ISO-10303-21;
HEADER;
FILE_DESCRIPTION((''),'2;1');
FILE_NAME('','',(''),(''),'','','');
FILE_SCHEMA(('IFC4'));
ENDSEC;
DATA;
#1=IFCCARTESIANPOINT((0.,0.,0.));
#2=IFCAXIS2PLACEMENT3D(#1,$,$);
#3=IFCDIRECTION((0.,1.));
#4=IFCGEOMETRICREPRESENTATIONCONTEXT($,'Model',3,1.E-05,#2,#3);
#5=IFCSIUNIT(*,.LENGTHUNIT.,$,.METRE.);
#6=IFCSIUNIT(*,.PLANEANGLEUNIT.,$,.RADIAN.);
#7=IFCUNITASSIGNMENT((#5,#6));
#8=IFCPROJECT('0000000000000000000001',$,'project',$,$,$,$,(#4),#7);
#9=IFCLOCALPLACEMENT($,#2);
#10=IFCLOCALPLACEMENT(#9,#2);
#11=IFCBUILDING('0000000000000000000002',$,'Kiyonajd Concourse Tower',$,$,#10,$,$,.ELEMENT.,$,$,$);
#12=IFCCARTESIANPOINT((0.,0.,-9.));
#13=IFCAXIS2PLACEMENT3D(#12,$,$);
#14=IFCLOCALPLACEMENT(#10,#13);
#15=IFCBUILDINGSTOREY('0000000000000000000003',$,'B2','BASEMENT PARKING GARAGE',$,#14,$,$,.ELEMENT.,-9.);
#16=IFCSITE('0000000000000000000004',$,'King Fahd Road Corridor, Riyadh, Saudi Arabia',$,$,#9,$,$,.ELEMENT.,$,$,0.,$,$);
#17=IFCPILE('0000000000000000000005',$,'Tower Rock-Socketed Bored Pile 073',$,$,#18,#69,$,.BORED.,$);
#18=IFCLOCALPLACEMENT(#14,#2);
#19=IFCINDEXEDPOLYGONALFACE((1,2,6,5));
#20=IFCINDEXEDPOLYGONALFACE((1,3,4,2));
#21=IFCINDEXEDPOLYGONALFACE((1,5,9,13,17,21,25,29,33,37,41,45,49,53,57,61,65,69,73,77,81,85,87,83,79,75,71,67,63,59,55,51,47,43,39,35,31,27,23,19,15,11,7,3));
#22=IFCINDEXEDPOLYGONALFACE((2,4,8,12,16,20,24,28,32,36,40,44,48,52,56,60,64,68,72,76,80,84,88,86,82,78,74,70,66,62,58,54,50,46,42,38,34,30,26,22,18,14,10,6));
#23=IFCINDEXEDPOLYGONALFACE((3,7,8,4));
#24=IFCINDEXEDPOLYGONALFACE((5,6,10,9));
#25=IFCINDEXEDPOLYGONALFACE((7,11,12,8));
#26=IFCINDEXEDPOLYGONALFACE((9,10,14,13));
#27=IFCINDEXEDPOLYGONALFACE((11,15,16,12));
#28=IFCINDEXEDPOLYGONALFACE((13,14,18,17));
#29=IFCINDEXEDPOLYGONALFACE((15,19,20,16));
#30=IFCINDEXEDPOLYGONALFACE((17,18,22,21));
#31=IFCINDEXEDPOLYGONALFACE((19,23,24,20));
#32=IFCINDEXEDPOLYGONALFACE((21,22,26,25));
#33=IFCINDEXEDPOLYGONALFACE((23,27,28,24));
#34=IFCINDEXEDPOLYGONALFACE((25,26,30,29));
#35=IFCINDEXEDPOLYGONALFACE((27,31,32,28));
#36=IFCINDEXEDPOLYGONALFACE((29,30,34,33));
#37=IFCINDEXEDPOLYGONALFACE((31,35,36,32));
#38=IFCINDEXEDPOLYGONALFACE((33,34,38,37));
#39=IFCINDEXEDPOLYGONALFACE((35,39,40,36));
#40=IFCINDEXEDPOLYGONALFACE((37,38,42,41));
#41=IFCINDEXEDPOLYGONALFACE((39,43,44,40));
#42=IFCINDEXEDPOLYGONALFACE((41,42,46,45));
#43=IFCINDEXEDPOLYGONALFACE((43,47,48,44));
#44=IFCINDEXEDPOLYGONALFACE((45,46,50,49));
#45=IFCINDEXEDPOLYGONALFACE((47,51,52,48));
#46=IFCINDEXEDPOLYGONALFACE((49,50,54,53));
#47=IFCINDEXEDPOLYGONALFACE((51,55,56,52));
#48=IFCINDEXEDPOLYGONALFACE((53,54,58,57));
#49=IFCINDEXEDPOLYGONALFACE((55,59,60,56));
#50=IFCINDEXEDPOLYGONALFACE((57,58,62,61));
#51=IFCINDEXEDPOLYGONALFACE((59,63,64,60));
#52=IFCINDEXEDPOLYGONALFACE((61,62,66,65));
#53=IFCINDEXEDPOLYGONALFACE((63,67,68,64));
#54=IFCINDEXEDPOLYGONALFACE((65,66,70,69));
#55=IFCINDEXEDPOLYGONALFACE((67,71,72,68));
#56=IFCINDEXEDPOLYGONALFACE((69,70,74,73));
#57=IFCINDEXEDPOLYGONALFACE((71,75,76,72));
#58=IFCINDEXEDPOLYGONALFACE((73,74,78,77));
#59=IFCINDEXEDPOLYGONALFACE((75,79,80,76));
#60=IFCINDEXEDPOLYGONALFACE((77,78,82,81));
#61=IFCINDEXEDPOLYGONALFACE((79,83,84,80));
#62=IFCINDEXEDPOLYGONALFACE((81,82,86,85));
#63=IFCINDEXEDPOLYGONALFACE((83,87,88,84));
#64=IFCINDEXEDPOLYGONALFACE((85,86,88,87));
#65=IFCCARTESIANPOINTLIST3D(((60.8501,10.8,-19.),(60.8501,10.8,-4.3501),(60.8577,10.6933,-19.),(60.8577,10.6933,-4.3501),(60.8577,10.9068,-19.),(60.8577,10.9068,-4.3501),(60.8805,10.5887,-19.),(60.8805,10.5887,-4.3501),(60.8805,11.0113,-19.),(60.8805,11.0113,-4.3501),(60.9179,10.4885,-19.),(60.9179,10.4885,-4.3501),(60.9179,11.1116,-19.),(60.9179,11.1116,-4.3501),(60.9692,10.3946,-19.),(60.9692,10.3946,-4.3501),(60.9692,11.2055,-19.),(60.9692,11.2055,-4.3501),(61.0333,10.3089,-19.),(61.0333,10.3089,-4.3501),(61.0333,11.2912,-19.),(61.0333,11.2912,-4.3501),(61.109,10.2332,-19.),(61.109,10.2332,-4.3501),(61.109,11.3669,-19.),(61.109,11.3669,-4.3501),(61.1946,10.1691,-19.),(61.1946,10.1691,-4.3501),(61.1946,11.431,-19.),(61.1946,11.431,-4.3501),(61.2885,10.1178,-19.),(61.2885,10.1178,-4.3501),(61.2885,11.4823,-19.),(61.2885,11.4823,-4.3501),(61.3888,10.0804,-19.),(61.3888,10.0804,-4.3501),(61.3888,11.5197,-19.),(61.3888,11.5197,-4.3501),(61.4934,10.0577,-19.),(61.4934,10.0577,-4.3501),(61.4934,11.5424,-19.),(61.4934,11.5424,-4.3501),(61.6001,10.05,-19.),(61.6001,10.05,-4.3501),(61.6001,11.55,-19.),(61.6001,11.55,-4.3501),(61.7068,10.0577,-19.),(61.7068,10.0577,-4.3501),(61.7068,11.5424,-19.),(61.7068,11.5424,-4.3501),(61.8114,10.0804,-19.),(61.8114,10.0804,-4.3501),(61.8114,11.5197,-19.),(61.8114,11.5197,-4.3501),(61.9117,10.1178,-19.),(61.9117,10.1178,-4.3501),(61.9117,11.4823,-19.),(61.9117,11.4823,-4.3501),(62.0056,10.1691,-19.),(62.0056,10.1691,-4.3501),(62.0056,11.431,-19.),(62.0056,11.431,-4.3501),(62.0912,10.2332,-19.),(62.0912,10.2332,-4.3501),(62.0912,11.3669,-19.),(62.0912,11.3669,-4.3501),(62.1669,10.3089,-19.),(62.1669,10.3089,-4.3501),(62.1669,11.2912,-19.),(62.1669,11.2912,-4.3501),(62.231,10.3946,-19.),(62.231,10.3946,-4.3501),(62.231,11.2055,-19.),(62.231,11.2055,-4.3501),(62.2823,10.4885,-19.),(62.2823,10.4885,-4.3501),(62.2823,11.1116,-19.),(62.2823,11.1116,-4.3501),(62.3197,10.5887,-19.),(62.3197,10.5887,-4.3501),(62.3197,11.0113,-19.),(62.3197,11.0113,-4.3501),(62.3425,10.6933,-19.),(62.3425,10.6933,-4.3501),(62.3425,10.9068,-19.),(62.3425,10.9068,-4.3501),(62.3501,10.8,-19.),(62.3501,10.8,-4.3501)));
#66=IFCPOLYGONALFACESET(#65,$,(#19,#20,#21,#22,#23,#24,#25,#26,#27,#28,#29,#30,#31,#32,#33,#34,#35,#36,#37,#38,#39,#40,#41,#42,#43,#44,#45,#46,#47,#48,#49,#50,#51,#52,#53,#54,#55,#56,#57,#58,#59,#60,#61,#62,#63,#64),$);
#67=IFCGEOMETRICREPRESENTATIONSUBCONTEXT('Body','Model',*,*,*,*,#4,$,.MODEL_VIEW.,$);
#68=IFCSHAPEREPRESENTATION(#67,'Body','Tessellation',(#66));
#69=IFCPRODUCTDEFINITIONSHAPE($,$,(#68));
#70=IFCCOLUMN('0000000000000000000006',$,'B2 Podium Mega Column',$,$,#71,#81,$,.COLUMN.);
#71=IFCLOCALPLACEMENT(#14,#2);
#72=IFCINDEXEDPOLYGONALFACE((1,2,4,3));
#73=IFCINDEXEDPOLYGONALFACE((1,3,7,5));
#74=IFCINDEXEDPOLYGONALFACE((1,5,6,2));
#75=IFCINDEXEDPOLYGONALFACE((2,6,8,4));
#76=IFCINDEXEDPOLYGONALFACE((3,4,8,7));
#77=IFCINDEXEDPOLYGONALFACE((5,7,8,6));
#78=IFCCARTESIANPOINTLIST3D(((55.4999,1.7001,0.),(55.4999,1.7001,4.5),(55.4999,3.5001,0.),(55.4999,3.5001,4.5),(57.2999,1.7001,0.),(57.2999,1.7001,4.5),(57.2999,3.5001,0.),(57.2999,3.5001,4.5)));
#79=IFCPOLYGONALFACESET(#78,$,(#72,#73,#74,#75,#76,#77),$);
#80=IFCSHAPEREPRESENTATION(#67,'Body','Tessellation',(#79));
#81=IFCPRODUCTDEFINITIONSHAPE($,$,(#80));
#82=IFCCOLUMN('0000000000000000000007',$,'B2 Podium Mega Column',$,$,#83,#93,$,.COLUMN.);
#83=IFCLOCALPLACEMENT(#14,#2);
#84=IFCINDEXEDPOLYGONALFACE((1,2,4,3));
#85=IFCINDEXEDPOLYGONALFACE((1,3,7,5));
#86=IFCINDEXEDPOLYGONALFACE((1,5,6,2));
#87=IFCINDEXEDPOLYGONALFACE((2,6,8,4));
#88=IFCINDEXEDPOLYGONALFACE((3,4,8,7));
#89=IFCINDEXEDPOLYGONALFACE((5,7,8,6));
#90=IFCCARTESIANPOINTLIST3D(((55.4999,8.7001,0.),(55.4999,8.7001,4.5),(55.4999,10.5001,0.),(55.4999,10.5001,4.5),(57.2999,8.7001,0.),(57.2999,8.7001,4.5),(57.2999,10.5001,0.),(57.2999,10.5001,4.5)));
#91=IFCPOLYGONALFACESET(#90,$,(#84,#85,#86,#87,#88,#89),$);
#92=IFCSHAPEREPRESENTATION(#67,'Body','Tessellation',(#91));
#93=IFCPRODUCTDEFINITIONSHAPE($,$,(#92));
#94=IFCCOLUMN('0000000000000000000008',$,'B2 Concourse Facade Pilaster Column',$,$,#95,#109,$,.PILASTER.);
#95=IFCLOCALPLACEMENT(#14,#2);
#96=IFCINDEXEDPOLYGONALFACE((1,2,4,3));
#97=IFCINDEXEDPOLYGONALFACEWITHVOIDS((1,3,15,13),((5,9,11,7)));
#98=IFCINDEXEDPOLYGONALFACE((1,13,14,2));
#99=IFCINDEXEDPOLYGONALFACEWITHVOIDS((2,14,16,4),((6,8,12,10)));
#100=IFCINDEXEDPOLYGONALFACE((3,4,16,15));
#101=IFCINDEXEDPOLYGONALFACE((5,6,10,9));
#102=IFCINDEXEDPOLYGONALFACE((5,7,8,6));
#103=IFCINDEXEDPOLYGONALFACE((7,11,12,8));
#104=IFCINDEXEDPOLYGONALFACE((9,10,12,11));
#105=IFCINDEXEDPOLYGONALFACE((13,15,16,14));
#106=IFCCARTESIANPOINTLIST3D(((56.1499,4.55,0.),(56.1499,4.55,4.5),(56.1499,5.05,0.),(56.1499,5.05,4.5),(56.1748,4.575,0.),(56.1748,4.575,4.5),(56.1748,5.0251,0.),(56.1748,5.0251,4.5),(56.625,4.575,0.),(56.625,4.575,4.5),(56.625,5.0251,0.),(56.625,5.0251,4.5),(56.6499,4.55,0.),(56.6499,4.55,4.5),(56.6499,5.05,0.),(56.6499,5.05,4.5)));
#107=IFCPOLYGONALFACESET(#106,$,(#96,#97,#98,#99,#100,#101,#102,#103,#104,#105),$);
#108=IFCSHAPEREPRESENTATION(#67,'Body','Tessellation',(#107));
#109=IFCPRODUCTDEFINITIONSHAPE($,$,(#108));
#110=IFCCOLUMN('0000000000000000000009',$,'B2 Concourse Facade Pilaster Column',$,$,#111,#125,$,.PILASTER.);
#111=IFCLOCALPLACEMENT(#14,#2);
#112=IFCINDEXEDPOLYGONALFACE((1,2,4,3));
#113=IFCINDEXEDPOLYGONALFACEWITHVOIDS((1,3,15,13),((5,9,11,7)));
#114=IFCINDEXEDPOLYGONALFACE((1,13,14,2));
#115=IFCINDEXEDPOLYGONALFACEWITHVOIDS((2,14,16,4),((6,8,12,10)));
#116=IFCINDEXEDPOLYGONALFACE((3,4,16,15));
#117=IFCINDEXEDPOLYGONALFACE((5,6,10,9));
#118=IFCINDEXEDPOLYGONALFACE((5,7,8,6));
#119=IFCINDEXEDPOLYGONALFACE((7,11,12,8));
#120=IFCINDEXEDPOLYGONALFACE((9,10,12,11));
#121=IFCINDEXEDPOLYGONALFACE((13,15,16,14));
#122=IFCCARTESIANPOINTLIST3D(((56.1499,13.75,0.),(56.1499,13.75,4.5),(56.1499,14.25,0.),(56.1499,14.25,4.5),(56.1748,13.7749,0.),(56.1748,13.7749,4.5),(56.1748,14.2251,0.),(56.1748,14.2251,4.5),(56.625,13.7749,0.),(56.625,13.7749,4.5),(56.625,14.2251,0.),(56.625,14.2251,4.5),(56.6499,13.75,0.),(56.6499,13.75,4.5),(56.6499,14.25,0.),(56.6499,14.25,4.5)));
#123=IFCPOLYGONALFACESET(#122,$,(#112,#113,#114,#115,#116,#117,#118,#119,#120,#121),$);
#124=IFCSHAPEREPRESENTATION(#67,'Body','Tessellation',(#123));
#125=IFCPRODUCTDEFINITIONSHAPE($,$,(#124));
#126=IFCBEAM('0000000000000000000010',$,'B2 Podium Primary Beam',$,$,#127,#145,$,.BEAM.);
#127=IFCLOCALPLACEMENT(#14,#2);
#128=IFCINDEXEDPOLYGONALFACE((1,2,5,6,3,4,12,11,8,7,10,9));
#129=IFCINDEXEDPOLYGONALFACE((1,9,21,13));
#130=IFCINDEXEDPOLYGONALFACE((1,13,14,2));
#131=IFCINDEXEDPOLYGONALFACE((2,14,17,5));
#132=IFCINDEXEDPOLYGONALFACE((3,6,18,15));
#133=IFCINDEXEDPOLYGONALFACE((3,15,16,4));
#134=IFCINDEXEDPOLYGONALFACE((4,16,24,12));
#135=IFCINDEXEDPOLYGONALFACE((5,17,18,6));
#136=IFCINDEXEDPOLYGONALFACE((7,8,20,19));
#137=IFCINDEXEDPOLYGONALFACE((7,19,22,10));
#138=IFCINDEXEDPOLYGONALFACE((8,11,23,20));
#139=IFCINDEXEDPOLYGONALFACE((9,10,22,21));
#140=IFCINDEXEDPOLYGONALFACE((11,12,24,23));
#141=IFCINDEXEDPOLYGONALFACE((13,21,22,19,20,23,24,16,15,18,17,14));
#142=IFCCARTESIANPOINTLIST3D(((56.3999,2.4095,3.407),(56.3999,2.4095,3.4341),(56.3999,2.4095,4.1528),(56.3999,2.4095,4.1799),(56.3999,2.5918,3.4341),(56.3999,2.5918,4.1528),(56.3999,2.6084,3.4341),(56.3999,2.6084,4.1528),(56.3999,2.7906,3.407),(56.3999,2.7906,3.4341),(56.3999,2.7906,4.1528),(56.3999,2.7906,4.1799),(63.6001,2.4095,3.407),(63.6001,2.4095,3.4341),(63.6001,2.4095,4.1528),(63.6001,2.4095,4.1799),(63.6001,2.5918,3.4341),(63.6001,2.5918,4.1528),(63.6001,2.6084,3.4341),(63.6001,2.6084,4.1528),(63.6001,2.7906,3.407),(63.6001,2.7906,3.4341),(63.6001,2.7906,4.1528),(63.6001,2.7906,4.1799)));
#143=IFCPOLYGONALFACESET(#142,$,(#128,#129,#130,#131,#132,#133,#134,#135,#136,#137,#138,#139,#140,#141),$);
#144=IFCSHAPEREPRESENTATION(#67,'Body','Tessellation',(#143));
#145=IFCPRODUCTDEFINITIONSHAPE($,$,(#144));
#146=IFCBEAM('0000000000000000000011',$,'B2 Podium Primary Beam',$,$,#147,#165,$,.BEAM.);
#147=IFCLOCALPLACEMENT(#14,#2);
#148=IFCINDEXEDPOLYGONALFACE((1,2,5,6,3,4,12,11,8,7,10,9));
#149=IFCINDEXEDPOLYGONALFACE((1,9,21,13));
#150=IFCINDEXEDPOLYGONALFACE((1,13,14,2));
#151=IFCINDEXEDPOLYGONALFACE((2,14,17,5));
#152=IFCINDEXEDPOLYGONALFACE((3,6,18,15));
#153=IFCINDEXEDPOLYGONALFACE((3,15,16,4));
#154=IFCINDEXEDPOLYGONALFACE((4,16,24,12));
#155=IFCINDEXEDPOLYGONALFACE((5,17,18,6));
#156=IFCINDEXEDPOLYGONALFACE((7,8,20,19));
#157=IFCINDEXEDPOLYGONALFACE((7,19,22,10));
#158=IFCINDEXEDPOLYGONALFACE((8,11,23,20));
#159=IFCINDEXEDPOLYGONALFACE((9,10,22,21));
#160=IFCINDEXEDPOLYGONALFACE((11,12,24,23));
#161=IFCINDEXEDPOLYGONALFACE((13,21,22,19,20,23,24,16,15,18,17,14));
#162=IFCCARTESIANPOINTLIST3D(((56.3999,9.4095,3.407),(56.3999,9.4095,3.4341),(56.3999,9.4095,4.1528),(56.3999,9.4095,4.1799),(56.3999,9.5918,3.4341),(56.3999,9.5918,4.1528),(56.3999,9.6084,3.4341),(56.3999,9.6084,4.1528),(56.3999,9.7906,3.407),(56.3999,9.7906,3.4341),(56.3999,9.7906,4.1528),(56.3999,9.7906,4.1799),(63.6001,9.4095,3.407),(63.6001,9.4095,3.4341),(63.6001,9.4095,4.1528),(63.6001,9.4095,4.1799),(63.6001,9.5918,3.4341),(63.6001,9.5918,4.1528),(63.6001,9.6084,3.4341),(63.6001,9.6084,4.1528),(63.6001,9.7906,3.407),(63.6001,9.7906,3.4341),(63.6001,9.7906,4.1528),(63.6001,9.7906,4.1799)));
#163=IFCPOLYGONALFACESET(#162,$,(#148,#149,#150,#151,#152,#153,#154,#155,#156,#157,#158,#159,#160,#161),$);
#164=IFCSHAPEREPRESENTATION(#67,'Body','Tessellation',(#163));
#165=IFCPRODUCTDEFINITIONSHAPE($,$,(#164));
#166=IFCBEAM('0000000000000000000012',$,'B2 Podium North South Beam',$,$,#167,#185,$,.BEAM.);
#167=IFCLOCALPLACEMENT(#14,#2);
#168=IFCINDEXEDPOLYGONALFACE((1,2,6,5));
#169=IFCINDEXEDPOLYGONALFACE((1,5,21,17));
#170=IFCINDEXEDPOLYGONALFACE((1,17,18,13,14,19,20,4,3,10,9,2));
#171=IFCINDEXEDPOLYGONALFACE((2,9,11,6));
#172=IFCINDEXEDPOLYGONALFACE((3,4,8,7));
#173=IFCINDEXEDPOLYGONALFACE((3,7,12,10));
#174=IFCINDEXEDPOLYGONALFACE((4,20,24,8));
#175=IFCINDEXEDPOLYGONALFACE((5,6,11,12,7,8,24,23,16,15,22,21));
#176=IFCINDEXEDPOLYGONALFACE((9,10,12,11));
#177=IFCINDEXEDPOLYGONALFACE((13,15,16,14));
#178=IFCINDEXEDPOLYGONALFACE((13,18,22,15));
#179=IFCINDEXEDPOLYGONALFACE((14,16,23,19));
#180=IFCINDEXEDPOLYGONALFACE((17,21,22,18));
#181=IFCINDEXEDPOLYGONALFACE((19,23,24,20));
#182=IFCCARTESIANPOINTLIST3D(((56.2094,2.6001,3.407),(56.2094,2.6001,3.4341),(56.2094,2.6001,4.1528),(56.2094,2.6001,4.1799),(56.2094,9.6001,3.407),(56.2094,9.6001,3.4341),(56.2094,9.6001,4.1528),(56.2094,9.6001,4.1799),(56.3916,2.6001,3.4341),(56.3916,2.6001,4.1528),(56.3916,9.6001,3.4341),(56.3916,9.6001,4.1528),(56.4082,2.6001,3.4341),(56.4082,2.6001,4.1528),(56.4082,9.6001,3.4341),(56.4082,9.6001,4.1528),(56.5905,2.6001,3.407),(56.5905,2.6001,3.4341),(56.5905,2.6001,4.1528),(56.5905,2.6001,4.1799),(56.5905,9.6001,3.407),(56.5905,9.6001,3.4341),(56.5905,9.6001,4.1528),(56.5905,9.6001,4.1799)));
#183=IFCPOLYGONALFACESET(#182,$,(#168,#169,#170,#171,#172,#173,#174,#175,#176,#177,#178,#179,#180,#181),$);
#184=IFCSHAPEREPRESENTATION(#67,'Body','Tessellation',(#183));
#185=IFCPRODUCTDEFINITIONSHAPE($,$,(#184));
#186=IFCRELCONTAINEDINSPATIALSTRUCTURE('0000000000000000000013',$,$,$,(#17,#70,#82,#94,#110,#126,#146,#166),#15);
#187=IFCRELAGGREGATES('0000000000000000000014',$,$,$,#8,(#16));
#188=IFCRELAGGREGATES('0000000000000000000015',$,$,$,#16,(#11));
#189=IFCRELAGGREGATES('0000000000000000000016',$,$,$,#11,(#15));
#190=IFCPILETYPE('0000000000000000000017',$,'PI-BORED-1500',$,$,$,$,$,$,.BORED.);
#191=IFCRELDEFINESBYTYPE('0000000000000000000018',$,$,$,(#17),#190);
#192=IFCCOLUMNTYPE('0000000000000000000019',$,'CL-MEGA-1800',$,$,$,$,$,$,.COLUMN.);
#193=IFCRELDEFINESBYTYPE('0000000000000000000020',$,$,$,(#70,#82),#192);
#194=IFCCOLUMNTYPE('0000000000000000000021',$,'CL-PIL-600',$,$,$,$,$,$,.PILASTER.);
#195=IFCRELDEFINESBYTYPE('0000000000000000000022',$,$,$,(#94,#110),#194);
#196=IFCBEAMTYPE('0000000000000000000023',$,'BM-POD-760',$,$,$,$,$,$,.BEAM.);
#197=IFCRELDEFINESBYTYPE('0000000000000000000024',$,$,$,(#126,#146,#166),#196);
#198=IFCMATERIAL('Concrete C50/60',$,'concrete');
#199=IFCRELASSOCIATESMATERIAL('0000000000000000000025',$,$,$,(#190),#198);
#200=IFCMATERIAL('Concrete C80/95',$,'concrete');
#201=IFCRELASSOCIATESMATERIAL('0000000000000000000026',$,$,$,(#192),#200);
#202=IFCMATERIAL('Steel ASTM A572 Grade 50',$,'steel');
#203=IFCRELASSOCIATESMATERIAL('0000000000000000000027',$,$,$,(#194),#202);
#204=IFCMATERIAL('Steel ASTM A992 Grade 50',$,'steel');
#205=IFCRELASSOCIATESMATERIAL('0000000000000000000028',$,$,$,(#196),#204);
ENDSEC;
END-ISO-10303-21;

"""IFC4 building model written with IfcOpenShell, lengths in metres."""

from ifc_helpers import new_model, si_unit, direction, frame, origin, origin_2d, place, context, subcontext, project, spatial, rectangle, hollow_rectangle, circle, i_section, extrude, material, material_profile, profile_set, type_object, element, save


model = new_model("IFC4")

# Units and contexts
model_context = context("Model", 3, precision=1e-05, world=origin(), true_north=direction((0.0, 1.0)))
body_context = subcontext(model_context, "Body", "Model", "MODEL_VIEW")
ifc_project = project(units=[si_unit("LENGTHUNIT", "METRE"), si_unit("PLANEANGLEUNIT", "RADIAN")], contexts=[model_context])

# Site, building, storey
site_placement = place(None, origin())
site = spatial("IfcSite", under=ifc_project, at=site_placement, Name="King Fahd Road Corridor, Riyadh, Saudi Arabia", CompositionType="ELEMENT", RefElevation=0.0)
building_placement = place(site_placement, origin())
building = spatial("IfcBuilding", under=site, at=building_placement, Name="Kiyonajd Concourse Tower", CompositionType="ELEMENT")
storey_placement = place(building_placement, frame((0.0, 0.0, -9.0)))
storey = spatial("IfcBuildingStorey", under=building, at=storey_placement, Name="B2", Description="BASEMENT PARKING GARAGE", CompositionType="ELEMENT", Elevation=-9.0)

# Shared definitions
ifc_material_1 = material(Name="Concrete C50/60", Category="concrete")

# Pile
ifc_material_profile_1 = material_profile(ifc_material_1, circle(Radius=0.75, at=origin_2d()), Name="PILE-D1500")
ifc_profile_set_1 = profile_set([ifc_material_profile_1], Name="Concrete C50/60")
pile_type_1 = type_object("IfcPileType", Name="PI-BORED-1500", PredefinedType="BORED", material=ifc_profile_set_1)
for number, where, z_axis, x_axis, name in (
    (1, (61.6001, 10.8, -4.3501), (0.0, 0.0, -1.0), (1.0, 0.0, 0.0), "Tower Rock-Socketed Bored Pile 073"),
):
    element("IfcPile", number, at=place(storey_placement, frame(where, z_axis=z_axis, x_axis=x_axis)), inside=storey, type_object=pile_type_1, Name=name, PredefinedType="BORED", context=body_context, shape_type="SweptSolid", body=[
        extrude(circle(Radius=0.75, at=origin_2d()), origin(), (0.0, 0.0, 1.0), 14.6499),
    ])

# Columns
ifc_material_2 = material(Name="Concrete C80/95", Category="concrete")
ifc_material_profile_2 = material_profile(ifc_material_2, rectangle(XDim=1.8, YDim=1.8, at=origin_2d()), Name="RC-1800x1800")
ifc_profile_set_2 = profile_set([ifc_material_profile_2], Name="Concrete C80/95")
column_type_1 = type_object("IfcColumnType", Name="CL-MEGA-1800", PredefinedType="COLUMN", material=ifc_profile_set_2)
for number, where, z_axis, x_axis, name in (
    (2, (56.3999, 2.6001, 0.0), (0.0, 0.0, 1.0), (1.0, 0.0, 0.0), "B2 Podium Mega Column"),
    (3, (56.3999, 9.6001, 0.0), (0.0, 0.0, 1.0), (1.0, 0.0, 0.0), "B2 Podium Mega Column"),
):
    element("IfcColumn", number, at=place(storey_placement, frame(where, z_axis=z_axis, x_axis=x_axis)), inside=storey, type_object=column_type_1, Name=name, PredefinedType="COLUMN", context=body_context, shape_type="SweptSolid", body=[
        extrude(rectangle(XDim=1.8, YDim=1.8, at=origin_2d()), origin(), (0.0, 0.0, 1.0), 4.5),
    ])
ifc_material_3 = material(Name="Steel ASTM A572 Grade 50", Category="steel")
ifc_material_profile_3 = material_profile(ifc_material_3, hollow_rectangle(XDim=0.5, YDim=0.5, WallThickness=0.0249, at=origin_2d()), Name="HSS-500x500x25")
ifc_profile_set_3 = profile_set([ifc_material_profile_3], Name="Steel ASTM A572 Grade 50")
column_type_2 = type_object("IfcColumnType", Name="CL-PIL-600", PredefinedType="PILASTER", material=ifc_profile_set_3)
for number, where, z_axis, x_axis, name in (
    (4, (56.3999, 4.8, 0.0), (0.0, 0.0, 1.0), (1.0, 0.0, 0.0), "B2 Concourse Facade Pilaster Column"),
    (5, (56.3999, 14.0, 0.0), (0.0, 0.0, 1.0), (1.0, 0.0, 0.0), "B2 Concourse Facade Pilaster Column"),
):
    element("IfcColumn", number, at=place(storey_placement, frame(where, z_axis=z_axis, x_axis=x_axis)), inside=storey, type_object=column_type_2, Name=name, PredefinedType="PILASTER", context=body_context, shape_type="SweptSolid", body=[
        extrude(hollow_rectangle(XDim=0.5, YDim=0.5, WallThickness=0.0249, at=origin_2d()), origin(), (0.0, 0.0, 1.0), 4.5),
    ])

# Beams
ifc_material_4 = material(Name="Steel ASTM A992 Grade 50", Category="steel")
ifc_material_profile_4 = material_profile(ifc_material_4, i_section(OverallWidth=0.3811, OverallDepth=0.7729, WebThickness=0.0166, FlangeThickness=0.0271, at=origin_2d()), Name="W760X257")
ifc_profile_set_4 = profile_set([ifc_material_profile_4], Name="Steel ASTM A992 Grade 50")
beam_type = type_object("IfcBeamType", Name="BM-POD-760", PredefinedType="BEAM", material=ifc_profile_set_4)
for number, where, z_axis, x_axis, name in (
    (6, (56.3999, 2.6001, 3.7935), (1.0, 0.0, 0.0), (0.0, 1.0, 0.0), "B2 Podium Primary Beam"),
    (7, (56.3999, 9.6001, 3.7935), (1.0, 0.0, 0.0), (0.0, 1.0, 0.0), "B2 Podium Primary Beam"),
):
    element("IfcBeam", number, at=place(storey_placement, frame(where, z_axis=z_axis, x_axis=x_axis)), inside=storey, type_object=beam_type, Name=name, PredefinedType="BEAM", context=body_context, shape_type="SweptSolid", body=[
        extrude(i_section(OverallWidth=0.3811, OverallDepth=0.7729, WebThickness=0.0166, FlangeThickness=0.0271, at=origin_2d()), origin(), (0.0, 0.0, 1.0), 7.2002),
    ])
beam_1_placement = place(storey_placement, frame((56.3999, 2.6001, 3.7935), z_axis=(0.0, 1.0, 0.0), x_axis=(-1.0, 0.0, 0.0)))
element("IfcBeam", 8, at=beam_1_placement, inside=storey, type_object=beam_type, Name="B2 Podium North South Beam", PredefinedType="BEAM", context=body_context, shape_type="SweptSolid", body=[
    extrude(i_section(OverallWidth=0.3811, OverallDepth=0.7729, WebThickness=0.0166, FlangeThickness=0.0271, at=origin_2d()), origin(), (0.0, 0.0, 1.0), 7.0),
])

save(model, "model.ifc")
